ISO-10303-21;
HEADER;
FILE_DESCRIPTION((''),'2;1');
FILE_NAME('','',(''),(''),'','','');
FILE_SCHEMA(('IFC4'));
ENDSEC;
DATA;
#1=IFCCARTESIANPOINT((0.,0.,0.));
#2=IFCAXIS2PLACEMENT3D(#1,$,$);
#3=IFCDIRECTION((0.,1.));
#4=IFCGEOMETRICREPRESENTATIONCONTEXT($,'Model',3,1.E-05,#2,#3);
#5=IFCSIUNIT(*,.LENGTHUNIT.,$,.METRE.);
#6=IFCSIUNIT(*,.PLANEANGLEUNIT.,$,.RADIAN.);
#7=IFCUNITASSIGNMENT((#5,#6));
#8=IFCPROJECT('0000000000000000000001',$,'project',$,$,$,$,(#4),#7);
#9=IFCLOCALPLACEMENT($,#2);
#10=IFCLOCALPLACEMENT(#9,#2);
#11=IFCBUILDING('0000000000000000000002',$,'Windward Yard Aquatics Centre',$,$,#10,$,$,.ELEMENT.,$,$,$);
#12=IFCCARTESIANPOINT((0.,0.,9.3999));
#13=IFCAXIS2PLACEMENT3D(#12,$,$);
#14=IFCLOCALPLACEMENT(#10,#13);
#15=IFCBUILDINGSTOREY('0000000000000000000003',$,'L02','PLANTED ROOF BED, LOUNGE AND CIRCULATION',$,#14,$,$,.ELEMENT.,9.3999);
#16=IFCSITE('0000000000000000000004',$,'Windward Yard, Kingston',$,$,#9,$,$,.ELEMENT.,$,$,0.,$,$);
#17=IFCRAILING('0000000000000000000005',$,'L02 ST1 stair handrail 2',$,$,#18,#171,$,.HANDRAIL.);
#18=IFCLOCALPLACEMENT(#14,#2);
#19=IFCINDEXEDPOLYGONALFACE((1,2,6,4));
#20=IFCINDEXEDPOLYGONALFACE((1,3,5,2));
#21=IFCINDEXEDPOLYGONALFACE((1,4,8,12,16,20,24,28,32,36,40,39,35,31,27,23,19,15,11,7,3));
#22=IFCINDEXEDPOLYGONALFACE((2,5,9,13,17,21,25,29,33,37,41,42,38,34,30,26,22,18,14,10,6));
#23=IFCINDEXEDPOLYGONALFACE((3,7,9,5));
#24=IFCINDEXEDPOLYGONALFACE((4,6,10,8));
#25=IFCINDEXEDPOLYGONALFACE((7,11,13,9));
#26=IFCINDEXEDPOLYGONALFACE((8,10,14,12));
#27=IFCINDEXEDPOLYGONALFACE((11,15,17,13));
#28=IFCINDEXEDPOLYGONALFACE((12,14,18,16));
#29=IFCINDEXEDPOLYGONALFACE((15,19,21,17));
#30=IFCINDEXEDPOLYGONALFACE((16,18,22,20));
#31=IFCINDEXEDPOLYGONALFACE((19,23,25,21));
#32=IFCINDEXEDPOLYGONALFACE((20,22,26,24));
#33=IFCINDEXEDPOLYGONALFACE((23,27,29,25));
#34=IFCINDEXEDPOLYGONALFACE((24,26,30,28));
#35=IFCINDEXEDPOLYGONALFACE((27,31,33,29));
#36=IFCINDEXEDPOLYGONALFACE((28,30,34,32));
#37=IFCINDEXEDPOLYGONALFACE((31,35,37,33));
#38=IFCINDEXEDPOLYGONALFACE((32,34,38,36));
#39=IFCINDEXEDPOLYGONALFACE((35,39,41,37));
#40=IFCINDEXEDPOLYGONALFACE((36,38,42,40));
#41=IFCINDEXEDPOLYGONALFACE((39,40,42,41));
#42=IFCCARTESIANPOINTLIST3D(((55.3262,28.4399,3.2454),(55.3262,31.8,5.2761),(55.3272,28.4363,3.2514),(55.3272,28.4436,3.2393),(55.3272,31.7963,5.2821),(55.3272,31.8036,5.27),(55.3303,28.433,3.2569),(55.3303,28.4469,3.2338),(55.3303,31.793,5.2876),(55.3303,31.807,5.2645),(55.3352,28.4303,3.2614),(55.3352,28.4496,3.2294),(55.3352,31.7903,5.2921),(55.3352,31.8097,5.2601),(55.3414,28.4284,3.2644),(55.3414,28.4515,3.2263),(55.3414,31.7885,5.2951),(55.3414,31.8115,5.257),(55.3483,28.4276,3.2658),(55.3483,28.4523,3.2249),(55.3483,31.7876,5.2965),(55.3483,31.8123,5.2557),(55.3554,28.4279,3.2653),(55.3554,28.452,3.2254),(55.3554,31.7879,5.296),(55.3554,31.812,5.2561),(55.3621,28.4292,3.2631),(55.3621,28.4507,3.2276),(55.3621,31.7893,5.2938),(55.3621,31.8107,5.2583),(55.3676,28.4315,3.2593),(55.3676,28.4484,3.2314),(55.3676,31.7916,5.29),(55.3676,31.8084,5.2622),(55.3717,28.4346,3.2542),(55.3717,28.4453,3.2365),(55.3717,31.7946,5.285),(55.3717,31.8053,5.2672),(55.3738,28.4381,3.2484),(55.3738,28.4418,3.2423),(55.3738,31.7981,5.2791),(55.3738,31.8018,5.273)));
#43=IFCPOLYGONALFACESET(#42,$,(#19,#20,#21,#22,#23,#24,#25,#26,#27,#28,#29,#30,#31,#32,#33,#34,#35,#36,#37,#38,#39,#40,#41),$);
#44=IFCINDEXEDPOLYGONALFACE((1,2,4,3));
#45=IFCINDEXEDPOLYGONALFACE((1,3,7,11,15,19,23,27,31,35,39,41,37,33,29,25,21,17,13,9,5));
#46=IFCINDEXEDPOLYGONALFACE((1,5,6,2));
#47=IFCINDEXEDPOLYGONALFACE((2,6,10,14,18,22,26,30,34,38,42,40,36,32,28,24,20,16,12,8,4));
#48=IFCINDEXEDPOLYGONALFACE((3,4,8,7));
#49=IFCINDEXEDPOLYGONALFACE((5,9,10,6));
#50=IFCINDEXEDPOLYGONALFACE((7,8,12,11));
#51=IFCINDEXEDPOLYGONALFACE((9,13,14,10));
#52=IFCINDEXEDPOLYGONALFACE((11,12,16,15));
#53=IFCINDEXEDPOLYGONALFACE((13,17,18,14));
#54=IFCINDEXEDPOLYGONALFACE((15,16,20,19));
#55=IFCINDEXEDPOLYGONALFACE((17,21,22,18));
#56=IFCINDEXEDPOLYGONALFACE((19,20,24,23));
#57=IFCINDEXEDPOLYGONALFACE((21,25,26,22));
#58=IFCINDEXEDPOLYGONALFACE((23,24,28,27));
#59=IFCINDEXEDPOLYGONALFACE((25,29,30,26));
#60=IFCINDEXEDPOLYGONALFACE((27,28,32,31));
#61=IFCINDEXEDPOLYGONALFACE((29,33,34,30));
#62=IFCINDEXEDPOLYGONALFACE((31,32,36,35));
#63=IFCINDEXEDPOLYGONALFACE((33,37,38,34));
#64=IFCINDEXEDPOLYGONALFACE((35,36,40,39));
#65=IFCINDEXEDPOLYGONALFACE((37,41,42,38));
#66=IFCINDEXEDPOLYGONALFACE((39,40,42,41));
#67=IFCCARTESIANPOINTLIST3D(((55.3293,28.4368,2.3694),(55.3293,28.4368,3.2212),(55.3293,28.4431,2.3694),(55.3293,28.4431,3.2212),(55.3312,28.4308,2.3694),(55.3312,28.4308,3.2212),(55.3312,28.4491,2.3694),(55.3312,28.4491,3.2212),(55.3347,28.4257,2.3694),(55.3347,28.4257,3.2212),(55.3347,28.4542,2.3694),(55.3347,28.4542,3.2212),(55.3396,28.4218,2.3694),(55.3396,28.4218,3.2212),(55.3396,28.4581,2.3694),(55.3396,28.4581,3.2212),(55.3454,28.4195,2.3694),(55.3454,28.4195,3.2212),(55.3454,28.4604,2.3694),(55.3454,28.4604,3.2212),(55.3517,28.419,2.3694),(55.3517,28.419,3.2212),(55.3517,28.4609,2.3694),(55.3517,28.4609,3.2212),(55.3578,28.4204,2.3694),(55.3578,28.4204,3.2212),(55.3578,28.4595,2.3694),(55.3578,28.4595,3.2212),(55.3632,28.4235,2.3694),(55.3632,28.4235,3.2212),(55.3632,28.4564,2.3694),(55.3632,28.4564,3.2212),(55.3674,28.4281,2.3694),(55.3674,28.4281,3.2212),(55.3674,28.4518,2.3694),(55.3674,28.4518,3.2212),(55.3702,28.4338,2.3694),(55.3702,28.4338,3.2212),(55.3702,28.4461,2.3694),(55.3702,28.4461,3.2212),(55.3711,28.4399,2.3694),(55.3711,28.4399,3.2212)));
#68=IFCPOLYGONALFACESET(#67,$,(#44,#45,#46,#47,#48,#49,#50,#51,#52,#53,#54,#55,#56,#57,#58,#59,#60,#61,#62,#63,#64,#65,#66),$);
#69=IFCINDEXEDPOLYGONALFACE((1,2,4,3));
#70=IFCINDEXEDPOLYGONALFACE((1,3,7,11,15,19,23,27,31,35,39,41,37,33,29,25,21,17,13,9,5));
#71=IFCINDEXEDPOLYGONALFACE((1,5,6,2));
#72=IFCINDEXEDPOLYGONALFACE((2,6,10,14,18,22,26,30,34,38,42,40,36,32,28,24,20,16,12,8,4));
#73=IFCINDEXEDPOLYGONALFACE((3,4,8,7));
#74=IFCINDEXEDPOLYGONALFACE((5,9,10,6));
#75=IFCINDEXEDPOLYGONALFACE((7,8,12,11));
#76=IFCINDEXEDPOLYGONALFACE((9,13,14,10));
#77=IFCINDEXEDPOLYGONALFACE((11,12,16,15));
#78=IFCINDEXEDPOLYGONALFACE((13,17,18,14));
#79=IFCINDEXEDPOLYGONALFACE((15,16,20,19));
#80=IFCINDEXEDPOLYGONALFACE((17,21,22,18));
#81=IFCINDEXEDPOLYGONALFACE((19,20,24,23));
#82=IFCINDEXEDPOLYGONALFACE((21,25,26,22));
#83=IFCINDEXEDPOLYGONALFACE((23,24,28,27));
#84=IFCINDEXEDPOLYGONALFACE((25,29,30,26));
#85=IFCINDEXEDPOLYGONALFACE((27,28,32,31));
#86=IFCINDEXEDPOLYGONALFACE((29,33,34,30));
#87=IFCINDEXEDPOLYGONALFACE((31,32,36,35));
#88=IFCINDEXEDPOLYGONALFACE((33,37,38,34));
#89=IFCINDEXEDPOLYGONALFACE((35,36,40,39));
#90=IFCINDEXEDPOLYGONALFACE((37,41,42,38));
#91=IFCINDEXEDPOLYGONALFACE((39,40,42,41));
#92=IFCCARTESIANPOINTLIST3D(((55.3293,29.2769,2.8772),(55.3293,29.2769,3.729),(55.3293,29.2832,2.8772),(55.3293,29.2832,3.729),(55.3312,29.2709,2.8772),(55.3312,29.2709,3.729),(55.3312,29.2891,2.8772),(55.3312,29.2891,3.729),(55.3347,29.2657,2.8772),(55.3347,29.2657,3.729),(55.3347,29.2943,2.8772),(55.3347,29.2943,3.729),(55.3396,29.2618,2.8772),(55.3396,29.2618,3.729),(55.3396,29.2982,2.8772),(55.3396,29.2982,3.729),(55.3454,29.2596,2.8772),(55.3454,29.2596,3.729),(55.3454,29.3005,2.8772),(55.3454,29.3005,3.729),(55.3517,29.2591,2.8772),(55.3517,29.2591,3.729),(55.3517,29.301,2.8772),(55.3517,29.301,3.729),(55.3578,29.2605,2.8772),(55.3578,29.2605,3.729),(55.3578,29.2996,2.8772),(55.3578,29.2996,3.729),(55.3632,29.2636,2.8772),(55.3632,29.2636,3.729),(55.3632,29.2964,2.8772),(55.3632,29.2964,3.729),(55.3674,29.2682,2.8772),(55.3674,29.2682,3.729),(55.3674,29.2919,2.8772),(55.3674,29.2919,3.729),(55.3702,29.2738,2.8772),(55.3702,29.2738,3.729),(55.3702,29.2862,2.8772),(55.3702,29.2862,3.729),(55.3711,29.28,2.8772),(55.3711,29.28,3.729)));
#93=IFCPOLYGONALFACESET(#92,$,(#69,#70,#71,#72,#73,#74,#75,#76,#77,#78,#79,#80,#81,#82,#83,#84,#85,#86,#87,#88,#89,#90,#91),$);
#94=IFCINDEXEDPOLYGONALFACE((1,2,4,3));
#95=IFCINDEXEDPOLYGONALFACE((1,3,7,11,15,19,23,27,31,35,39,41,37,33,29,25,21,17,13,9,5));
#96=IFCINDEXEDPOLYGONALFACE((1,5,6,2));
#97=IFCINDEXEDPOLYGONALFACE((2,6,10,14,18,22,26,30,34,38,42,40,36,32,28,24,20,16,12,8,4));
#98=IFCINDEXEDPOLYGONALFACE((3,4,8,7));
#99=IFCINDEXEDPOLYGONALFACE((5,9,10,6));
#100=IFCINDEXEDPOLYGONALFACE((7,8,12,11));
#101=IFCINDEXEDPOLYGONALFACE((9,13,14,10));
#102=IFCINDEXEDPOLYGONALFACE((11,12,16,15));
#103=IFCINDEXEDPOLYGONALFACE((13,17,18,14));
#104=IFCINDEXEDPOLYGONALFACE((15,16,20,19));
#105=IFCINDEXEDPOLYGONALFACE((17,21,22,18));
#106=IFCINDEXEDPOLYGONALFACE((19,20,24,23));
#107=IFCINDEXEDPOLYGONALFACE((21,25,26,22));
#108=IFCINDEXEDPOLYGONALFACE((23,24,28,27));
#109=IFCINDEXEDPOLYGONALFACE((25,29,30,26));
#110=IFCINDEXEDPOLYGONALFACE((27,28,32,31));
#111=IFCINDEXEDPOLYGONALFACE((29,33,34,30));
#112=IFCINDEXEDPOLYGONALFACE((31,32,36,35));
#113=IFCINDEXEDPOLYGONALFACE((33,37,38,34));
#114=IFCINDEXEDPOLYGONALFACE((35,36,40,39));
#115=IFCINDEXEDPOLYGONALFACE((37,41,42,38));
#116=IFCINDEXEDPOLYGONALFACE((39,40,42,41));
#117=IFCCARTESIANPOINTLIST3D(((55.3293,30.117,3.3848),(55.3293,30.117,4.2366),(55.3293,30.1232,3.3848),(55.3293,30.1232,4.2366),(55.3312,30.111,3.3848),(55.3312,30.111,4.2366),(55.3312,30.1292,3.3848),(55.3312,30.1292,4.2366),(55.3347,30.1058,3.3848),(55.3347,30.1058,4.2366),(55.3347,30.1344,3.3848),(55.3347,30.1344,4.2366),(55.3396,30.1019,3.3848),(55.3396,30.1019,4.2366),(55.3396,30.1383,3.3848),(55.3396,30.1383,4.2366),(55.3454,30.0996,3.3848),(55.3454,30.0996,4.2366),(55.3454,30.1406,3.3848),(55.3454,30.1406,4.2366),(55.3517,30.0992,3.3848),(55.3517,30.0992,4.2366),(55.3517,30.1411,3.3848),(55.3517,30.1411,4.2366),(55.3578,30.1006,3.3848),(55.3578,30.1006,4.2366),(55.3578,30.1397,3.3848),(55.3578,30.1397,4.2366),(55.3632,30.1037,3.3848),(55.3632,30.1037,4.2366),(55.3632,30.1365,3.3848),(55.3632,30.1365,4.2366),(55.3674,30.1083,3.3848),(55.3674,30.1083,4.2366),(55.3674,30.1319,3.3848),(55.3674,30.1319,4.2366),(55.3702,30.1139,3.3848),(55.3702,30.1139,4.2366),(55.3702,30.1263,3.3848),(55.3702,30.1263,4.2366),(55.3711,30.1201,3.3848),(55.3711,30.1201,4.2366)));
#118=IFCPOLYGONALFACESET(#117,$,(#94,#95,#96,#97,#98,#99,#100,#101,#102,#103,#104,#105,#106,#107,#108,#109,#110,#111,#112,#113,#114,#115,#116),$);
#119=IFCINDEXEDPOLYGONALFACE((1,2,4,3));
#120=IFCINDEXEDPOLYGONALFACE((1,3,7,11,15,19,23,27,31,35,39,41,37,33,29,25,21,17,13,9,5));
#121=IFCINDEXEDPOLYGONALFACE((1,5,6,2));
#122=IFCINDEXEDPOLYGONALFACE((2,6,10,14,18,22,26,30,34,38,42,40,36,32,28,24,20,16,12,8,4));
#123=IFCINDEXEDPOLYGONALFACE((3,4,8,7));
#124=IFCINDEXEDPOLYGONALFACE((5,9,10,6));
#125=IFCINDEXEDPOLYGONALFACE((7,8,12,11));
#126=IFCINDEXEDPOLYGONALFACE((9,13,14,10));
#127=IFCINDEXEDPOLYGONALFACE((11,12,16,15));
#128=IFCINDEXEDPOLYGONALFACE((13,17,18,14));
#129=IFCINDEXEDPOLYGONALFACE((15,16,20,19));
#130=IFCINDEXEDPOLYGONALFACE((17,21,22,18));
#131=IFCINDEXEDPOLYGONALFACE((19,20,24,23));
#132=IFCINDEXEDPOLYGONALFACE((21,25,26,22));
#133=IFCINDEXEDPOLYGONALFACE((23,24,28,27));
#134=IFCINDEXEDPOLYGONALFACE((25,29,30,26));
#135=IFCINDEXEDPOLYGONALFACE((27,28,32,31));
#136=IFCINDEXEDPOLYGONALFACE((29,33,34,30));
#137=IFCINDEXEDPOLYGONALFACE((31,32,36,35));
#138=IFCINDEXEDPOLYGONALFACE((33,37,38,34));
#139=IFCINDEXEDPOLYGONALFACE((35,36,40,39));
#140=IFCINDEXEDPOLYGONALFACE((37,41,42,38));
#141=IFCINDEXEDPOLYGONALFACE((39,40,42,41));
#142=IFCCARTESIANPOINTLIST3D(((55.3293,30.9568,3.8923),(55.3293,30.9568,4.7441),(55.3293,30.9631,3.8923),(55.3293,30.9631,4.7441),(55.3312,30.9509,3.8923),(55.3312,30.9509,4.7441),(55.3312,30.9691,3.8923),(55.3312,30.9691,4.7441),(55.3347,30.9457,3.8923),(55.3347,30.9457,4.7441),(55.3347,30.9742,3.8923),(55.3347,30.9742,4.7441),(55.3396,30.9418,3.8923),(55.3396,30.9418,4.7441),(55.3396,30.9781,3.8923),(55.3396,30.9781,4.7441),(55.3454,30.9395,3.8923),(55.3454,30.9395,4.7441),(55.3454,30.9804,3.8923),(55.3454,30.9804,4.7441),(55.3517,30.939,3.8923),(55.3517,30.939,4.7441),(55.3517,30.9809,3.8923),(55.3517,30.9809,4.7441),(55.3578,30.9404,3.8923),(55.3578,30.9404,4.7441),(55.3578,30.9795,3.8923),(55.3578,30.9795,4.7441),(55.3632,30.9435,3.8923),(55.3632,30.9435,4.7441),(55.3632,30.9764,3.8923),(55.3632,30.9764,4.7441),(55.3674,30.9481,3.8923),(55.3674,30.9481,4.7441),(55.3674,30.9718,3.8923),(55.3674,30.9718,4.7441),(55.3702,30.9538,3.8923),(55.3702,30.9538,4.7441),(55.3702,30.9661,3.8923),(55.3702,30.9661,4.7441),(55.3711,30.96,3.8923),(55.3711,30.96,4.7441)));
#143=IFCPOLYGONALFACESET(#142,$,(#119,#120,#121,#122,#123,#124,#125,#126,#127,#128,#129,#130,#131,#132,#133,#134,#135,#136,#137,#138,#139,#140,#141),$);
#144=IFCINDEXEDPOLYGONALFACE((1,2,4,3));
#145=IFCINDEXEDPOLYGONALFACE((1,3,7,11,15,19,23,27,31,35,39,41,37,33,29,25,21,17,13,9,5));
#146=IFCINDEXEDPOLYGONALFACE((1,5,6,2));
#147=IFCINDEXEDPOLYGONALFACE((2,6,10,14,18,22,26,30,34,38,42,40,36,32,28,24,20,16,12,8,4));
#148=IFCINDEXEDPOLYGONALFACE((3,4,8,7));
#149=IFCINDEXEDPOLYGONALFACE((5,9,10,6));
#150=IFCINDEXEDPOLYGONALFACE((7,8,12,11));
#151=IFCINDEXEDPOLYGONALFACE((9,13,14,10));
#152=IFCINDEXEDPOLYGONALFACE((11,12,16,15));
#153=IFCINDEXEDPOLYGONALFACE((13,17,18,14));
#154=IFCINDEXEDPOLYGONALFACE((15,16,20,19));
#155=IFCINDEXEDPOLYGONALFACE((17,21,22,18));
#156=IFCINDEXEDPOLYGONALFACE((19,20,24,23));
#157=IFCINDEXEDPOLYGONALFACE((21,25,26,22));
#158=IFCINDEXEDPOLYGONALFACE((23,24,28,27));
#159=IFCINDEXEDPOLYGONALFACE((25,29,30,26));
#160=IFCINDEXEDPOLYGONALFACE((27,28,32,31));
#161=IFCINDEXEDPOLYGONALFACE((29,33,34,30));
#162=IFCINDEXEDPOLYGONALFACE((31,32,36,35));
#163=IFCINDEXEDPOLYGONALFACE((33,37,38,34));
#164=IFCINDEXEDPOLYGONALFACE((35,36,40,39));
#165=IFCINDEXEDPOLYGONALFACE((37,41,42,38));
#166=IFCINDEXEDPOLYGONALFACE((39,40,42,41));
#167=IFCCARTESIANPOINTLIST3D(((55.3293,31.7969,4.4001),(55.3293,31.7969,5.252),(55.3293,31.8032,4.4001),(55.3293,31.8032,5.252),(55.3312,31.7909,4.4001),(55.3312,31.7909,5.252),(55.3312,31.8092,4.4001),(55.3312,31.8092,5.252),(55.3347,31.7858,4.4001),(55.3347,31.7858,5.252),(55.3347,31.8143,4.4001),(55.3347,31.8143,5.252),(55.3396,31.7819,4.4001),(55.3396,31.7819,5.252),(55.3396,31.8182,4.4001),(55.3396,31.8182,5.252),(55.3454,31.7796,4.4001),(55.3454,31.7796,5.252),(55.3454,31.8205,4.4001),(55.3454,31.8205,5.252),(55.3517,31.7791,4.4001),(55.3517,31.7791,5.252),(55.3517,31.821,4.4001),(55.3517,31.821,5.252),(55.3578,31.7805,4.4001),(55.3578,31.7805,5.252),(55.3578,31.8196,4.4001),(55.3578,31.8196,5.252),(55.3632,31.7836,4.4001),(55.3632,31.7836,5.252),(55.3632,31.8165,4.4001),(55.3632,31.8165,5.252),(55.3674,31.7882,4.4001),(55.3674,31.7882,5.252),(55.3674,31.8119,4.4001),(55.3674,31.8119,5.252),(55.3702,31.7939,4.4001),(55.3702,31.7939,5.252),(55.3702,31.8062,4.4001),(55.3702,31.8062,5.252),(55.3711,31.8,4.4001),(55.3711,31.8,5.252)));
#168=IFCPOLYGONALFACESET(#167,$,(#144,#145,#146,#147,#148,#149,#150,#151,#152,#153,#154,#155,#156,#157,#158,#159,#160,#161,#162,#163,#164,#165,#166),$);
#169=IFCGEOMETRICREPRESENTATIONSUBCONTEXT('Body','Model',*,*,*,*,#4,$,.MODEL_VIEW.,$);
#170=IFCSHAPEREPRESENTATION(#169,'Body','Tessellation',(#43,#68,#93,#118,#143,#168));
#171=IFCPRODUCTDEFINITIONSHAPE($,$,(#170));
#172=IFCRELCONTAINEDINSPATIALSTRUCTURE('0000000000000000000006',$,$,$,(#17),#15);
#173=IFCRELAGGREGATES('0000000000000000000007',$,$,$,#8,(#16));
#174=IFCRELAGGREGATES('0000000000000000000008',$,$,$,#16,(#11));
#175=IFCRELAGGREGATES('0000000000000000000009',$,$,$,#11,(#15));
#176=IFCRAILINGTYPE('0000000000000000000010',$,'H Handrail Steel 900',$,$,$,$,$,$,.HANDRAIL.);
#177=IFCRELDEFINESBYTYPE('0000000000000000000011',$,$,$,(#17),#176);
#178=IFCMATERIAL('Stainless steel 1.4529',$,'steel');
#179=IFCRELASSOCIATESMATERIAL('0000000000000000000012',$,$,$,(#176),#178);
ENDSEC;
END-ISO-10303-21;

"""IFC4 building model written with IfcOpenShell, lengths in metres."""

from ifc_helpers import new_model, si_unit, direction, frame, origin, origin_2d, place, context, subcontext, project, spatial, circle, extrude, material, type_object, element, save


model = new_model("IFC4")

# Units and contexts
model_context = context("Model", 3, precision=1e-05, world=origin(), true_north=direction((0.0, 1.0)))
body_context = subcontext(model_context, "Body", "Model", "MODEL_VIEW")
ifc_project = project(units=[si_unit("LENGTHUNIT", "METRE"), si_unit("PLANEANGLEUNIT", "RADIAN")], contexts=[model_context])

# Site, building, storey
site_placement = place(None, origin())
site = spatial("IfcSite", under=ifc_project, at=site_placement, Name="Windward Yard, Kingston", CompositionType="ELEMENT", RefElevation=0.0)
building_placement = place(site_placement, origin())
building = spatial("IfcBuilding", under=site, at=building_placement, Name="Windward Yard Aquatics Centre", CompositionType="ELEMENT")
storey_placement = place(building_placement, frame((0.0, 0.0, 9.3999)))
storey = spatial("IfcBuildingStorey", under=building, at=storey_placement, Name="L02", Description="PLANTED ROOF BED, LOUNGE AND CIRCULATION", CompositionType="ELEMENT", Elevation=9.3999)

# Railing
ifc_material_1 = material(Name="Stainless steel 1.4529", Category="steel")
railing_type_1 = type_object("IfcRailingType", Name="H Handrail Steel 900", PredefinedType="HANDRAIL", material=ifc_material_1)
railing_1_placement = place(storey_placement, frame((55.3501, 28.4399, 2.3694)))
element("IfcRailing", 1, at=railing_1_placement, inside=storey, type_object=railing_type_1, Name="L02 ST1 stair handrail 2", PredefinedType="HANDRAIL", context=body_context, shape_type="SweptSolid", body=[
    extrude(circle(Radius=0.0239, at=origin_2d()), frame((0.0, 0.0, 0.876), z_axis=(0.0, 0.855837, 0.517246), x_axis=(-1.0, 0.0, 0.0)), (0.0, 0.0, 1.0), 3.926),
    extrude(circle(Radius=0.021, at=origin_2d()), origin(), (0.0, 0.0, 1.0), 0.8518),
    extrude(circle(Radius=0.021, at=origin_2d()), frame((0.0, 0.8401, 0.5078)), (0.0, 0.0, 1.0), 0.8518),
    extrude(circle(Radius=0.021, at=origin_2d()), frame((0.0, 1.6802, 1.0154)), (0.0, 0.0, 1.0), 0.8518),
    extrude(circle(Radius=0.021, at=origin_2d()), frame((0.0, 2.52, 1.5229)), (0.0, 0.0, 1.0), 0.8518),
    extrude(circle(Radius=0.021, at=origin_2d()), frame((0.0, 3.3601, 2.0308)), (0.0, 0.0, 1.0), 0.8518),
])

save(model, "model.ifc")
